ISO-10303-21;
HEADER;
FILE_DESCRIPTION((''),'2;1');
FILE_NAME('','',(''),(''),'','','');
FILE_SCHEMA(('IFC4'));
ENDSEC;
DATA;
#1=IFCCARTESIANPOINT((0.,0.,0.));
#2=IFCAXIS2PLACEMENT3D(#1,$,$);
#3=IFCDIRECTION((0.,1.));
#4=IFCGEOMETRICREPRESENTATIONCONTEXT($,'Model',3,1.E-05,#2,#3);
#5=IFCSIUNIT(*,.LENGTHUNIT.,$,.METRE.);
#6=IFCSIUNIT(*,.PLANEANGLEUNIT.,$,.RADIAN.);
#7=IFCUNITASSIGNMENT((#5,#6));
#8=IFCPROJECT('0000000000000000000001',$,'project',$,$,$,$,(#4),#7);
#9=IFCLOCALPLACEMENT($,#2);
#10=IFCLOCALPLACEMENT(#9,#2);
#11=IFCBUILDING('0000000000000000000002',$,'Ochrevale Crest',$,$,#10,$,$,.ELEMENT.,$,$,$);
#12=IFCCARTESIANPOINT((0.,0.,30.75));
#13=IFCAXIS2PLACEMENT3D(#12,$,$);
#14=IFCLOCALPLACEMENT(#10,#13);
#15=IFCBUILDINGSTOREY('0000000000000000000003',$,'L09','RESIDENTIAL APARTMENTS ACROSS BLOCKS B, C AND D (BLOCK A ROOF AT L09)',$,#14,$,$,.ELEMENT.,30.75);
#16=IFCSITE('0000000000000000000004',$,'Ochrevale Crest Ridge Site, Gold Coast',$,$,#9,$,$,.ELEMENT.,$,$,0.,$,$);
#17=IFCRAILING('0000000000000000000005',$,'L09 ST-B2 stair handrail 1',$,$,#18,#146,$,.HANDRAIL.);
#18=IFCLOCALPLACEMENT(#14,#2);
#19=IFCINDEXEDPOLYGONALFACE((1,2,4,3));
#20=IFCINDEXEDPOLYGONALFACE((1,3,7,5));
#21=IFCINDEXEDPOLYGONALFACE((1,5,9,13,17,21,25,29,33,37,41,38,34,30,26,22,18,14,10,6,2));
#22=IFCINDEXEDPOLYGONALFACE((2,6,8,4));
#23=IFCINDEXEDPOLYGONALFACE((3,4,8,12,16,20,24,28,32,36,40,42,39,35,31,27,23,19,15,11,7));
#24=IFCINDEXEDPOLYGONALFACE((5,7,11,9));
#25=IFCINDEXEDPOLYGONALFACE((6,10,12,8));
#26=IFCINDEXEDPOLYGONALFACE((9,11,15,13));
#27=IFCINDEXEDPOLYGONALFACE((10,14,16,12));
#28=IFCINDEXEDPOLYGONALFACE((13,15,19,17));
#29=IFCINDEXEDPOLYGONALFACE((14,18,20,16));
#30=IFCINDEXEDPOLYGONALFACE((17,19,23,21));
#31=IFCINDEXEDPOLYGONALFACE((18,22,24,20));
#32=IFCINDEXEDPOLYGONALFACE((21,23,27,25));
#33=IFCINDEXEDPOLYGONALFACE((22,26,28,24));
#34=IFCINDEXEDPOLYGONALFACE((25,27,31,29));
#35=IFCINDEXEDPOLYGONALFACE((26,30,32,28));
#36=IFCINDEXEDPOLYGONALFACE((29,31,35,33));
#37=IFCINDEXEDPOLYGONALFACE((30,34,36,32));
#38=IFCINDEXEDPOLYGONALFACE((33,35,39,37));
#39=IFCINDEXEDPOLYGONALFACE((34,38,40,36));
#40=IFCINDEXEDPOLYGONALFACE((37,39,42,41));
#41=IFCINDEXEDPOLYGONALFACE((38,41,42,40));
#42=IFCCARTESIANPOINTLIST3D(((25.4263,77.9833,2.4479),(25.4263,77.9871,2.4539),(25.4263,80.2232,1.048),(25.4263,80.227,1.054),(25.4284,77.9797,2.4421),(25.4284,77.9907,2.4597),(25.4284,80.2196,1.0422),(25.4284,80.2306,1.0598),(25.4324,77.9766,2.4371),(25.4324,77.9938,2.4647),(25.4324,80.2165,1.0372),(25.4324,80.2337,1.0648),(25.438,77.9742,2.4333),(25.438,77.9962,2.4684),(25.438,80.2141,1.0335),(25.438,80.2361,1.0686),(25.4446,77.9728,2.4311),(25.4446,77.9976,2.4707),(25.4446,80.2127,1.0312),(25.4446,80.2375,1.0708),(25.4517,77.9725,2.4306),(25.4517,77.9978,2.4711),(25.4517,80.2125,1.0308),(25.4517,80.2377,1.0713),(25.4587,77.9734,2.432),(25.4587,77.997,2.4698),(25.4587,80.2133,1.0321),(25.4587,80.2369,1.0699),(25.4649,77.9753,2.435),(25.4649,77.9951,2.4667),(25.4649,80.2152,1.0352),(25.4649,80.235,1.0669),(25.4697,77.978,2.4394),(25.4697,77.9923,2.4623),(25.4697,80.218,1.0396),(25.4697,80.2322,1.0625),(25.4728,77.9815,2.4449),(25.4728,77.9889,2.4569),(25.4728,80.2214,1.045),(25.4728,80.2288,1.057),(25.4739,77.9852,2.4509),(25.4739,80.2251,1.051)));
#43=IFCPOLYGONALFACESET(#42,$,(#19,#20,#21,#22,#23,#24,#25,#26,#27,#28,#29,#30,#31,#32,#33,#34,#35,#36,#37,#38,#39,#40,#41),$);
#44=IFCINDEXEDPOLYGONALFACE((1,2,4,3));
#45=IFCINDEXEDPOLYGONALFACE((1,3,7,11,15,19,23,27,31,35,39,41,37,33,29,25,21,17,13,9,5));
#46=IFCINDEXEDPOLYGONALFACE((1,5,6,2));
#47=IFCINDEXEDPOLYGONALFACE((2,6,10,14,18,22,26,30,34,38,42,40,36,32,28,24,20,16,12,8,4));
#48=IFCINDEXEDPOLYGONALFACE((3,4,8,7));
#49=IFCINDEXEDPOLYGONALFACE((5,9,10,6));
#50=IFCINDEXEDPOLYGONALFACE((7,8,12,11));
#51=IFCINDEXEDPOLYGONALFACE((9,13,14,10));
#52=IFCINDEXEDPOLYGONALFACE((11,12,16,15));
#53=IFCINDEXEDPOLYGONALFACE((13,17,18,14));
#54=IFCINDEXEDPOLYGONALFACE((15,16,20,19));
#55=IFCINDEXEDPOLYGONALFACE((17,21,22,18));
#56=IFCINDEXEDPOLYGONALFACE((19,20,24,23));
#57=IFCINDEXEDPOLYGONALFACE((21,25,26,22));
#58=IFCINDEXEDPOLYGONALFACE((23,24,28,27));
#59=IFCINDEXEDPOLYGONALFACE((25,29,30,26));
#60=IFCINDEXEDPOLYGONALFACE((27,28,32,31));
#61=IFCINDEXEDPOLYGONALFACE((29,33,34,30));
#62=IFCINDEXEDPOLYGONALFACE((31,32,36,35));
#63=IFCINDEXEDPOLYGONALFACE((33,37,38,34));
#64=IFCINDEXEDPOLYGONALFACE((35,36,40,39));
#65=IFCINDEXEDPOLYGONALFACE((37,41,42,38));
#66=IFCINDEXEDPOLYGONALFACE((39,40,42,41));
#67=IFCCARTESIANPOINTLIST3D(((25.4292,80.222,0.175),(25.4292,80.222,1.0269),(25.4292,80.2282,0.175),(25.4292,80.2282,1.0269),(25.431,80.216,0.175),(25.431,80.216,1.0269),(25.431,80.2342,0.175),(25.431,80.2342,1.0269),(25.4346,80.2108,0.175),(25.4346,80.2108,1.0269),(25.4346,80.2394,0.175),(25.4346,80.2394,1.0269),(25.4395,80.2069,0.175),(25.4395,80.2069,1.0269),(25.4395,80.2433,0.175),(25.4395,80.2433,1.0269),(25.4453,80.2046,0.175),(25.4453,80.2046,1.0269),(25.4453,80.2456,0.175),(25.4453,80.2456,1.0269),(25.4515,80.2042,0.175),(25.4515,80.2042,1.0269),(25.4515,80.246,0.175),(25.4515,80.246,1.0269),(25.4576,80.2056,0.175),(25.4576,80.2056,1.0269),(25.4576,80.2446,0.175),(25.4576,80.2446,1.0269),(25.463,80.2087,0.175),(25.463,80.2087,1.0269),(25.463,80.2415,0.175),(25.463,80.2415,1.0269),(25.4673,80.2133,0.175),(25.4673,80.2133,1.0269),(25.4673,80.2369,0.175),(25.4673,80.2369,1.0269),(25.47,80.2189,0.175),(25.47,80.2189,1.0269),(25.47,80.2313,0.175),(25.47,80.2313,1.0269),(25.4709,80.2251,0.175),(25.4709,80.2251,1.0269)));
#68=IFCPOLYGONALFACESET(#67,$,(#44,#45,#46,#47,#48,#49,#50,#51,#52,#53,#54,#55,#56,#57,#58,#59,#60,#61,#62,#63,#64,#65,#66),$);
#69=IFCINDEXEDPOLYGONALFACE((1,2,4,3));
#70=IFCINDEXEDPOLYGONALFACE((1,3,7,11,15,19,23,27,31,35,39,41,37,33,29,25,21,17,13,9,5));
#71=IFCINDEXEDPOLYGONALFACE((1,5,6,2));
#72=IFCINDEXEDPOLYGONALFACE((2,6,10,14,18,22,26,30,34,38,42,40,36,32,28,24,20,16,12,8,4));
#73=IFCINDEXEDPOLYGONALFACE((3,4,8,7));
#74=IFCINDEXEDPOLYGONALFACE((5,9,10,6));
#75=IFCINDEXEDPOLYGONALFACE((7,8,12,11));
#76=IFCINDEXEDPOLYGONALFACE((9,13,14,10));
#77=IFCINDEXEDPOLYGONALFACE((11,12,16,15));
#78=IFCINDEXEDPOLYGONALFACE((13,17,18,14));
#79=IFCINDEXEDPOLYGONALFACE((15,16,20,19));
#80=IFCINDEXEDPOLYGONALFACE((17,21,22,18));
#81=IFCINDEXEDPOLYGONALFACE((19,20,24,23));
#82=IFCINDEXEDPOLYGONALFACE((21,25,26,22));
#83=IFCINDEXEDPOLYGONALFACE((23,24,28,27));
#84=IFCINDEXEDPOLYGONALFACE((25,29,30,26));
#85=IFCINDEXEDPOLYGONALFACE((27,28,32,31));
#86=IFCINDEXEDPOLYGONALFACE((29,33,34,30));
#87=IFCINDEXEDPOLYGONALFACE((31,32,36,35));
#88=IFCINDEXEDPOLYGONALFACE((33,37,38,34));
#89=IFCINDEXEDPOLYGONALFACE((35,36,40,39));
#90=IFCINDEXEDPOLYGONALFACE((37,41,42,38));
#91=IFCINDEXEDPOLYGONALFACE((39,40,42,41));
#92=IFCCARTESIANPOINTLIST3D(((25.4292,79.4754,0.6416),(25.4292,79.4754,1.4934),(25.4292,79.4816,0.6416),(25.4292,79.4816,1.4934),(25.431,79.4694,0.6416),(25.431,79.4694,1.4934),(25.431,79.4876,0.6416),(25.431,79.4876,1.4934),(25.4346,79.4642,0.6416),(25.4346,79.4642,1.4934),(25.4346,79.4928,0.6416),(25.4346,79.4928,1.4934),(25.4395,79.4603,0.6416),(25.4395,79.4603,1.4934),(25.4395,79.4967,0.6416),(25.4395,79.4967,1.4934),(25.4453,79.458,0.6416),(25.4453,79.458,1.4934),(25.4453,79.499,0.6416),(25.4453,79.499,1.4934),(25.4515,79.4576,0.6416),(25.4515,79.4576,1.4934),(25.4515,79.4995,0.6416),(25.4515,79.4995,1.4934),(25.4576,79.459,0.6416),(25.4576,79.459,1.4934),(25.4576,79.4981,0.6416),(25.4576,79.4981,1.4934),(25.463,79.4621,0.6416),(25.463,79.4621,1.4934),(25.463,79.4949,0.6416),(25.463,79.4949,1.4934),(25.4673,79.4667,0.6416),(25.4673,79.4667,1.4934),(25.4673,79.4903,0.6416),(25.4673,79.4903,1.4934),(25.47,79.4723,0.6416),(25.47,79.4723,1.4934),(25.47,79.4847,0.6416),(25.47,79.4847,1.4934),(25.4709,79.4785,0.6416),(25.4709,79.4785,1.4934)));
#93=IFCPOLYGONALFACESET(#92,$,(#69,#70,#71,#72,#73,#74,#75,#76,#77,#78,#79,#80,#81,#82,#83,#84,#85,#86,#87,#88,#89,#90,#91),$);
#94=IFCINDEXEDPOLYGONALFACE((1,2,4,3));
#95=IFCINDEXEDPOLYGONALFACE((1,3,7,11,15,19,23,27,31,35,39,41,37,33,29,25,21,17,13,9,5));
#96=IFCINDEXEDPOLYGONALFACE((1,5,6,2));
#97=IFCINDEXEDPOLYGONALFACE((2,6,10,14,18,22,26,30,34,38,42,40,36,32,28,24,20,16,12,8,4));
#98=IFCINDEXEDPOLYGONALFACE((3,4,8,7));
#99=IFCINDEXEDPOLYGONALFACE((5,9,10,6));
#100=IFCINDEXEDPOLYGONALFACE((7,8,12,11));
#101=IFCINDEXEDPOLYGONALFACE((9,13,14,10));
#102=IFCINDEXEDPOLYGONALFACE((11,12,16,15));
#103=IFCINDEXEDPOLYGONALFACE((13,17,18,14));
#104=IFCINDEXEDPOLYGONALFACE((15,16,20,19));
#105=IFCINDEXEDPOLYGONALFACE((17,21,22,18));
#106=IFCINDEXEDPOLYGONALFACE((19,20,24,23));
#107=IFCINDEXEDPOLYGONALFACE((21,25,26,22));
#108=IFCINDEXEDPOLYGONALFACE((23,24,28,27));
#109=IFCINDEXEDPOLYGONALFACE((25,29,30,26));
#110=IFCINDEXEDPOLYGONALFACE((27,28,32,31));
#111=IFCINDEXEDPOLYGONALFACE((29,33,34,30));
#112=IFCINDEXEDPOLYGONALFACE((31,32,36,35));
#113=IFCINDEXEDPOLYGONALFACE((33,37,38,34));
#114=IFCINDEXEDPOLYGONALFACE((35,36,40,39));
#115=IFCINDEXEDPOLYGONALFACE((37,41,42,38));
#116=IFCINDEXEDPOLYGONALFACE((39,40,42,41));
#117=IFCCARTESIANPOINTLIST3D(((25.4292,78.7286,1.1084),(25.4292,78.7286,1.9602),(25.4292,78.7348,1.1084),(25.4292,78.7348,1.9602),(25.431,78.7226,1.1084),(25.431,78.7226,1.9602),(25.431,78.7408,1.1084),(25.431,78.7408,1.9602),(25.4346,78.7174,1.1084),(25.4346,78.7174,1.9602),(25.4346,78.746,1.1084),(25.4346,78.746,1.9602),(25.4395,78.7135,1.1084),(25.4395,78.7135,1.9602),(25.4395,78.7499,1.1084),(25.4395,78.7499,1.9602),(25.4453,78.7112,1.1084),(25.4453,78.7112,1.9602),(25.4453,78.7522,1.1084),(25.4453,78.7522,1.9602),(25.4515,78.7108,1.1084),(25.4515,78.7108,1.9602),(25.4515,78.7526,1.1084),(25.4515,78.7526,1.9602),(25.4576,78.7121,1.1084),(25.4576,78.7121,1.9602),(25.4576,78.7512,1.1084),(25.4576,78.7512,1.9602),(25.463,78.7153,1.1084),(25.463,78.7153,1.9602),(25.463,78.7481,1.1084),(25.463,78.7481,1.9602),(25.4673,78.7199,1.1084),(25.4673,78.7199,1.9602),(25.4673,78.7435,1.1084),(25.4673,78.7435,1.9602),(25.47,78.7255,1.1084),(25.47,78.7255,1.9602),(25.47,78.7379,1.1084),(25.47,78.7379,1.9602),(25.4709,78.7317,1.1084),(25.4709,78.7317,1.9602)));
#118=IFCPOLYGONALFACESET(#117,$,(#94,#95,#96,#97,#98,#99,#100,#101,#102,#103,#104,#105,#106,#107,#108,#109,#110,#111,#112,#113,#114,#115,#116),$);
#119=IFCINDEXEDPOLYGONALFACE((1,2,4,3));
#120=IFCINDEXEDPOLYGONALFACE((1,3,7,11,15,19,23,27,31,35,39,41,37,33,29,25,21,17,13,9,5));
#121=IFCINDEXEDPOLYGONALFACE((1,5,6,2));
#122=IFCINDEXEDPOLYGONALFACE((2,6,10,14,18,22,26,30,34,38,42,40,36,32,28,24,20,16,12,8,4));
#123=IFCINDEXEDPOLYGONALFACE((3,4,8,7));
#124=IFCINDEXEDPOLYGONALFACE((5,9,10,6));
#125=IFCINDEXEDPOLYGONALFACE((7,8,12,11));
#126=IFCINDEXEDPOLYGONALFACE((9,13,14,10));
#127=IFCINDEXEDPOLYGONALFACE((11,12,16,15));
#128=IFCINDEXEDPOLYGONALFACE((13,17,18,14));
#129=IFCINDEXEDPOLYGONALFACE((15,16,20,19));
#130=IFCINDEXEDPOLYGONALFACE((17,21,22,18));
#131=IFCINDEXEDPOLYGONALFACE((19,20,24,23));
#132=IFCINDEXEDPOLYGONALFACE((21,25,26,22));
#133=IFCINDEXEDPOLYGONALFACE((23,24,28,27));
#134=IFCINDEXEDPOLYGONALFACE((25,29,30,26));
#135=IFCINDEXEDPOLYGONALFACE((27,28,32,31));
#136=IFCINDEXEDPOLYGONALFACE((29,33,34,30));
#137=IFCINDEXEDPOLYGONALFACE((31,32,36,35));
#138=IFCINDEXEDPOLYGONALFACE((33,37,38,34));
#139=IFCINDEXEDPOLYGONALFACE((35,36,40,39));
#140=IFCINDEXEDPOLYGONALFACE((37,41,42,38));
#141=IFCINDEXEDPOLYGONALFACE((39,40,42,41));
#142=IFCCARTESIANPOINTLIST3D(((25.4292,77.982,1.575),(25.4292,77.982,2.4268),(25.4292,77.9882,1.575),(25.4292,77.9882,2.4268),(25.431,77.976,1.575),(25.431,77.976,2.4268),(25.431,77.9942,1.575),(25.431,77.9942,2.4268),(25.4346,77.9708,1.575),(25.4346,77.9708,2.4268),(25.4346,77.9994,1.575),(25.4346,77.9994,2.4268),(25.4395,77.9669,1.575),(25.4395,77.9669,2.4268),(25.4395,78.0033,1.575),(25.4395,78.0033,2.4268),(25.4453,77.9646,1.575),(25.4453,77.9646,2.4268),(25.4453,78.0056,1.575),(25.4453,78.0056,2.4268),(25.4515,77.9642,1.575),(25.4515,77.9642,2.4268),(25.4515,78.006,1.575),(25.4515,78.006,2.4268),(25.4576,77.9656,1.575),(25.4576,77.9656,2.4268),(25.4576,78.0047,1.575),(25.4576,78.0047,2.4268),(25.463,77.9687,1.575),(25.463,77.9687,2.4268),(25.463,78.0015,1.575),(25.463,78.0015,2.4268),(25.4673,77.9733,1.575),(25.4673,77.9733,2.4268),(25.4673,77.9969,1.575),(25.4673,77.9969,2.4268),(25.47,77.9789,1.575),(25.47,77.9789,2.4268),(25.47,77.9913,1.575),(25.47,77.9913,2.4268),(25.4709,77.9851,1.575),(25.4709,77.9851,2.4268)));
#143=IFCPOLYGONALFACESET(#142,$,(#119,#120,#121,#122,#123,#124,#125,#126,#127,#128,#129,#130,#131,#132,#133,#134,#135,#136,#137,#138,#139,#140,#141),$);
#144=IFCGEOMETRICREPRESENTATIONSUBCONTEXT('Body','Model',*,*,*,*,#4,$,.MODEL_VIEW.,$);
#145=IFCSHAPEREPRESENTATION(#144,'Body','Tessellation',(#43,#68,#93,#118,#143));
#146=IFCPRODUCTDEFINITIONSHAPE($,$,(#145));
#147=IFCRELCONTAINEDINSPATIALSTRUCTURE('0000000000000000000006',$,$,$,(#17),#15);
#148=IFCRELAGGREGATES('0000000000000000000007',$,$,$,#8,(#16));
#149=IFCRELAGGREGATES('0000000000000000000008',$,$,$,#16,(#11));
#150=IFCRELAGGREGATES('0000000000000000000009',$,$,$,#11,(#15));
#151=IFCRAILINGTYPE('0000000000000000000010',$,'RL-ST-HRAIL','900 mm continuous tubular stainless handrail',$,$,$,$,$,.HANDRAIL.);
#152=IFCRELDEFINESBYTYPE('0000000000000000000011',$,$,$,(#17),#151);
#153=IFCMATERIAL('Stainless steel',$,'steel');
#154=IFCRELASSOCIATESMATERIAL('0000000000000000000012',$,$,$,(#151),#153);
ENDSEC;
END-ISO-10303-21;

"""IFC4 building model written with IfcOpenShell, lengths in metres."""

from ifc_helpers import new_model, si_unit, direction, frame, origin, origin_2d, place, context, subcontext, project, spatial, circle, extrude, material, type_object, element, save


model = new_model("IFC4")

# Units and contexts
model_context = context("Model", 3, precision=1e-05, world=origin(), true_north=direction((0.0, 1.0)))
body_context = subcontext(model_context, "Body", "Model", "MODEL_VIEW")
ifc_project = project(units=[si_unit("LENGTHUNIT", "METRE"), si_unit("PLANEANGLEUNIT", "RADIAN")], contexts=[model_context])

# Site, building, storey
site_placement = place(None, origin())
site = spatial("IfcSite", under=ifc_project, at=site_placement, Name="Ochrevale Crest Ridge Site, Gold Coast", CompositionType="ELEMENT", RefElevation=0.0)
building_placement = place(site_placement, origin())
building = spatial("IfcBuilding", under=site, at=building_placement, Name="Ochrevale Crest", CompositionType="ELEMENT")
storey_placement = place(building_placement, frame((0.0, 0.0, 30.75)))
storey = spatial("IfcBuildingStorey", under=building, at=storey_placement, Name="L09", Description="RESIDENTIAL APARTMENTS ACROSS BLOCKS B, C AND D (BLOCK A ROOF AT L09)", CompositionType="ELEMENT", Elevation=30.75)

# Railing
ifc_material_1 = material(Name="Stainless steel", Category="steel")
railing_type_1 = type_object("IfcRailingType", Name="RL-ST-HRAIL", Description="900 mm continuous tubular stainless handrail", PredefinedType="HANDRAIL", material=ifc_material_1)
railing_1_placement = place(storey_placement, frame((25.45, 80.2251, 0.175)))
element("IfcRailing", 1, at=railing_1_placement, inside=storey, type_object=railing_type_1, Name="L09 ST-B2 stair handrail 1", PredefinedType="HANDRAIL", context=body_context, shape_type="SweptSolid", body=[
    extrude(circle(Radius=0.0239, at=origin_2d()), frame((0.0, 0.0, 0.876), z_axis=(0.0, -0.848014, 0.529974), x_axis=(1.0, 0.0, 0.0)), (0.0, 0.0, 1.0), 2.6414),
    extrude(circle(Radius=0.021, at=origin_2d()), origin(), (0.0, 0.0, 1.0), 0.8518),
    extrude(circle(Radius=0.021, at=origin_2d()), frame((0.0, -0.7466, 0.4666)), (0.0, 0.0, 1.0), 0.8518),
    extrude(circle(Radius=0.021, at=origin_2d()), frame((0.0, -1.4934, 0.9333)), (0.0, 0.0, 1.0), 0.8518),
    extrude(circle(Radius=0.021, at=origin_2d()), frame((0.0, -2.24, 1.3999)), (0.0, 0.0, 1.0), 0.8518),
])

save(model, "model.ifc")
